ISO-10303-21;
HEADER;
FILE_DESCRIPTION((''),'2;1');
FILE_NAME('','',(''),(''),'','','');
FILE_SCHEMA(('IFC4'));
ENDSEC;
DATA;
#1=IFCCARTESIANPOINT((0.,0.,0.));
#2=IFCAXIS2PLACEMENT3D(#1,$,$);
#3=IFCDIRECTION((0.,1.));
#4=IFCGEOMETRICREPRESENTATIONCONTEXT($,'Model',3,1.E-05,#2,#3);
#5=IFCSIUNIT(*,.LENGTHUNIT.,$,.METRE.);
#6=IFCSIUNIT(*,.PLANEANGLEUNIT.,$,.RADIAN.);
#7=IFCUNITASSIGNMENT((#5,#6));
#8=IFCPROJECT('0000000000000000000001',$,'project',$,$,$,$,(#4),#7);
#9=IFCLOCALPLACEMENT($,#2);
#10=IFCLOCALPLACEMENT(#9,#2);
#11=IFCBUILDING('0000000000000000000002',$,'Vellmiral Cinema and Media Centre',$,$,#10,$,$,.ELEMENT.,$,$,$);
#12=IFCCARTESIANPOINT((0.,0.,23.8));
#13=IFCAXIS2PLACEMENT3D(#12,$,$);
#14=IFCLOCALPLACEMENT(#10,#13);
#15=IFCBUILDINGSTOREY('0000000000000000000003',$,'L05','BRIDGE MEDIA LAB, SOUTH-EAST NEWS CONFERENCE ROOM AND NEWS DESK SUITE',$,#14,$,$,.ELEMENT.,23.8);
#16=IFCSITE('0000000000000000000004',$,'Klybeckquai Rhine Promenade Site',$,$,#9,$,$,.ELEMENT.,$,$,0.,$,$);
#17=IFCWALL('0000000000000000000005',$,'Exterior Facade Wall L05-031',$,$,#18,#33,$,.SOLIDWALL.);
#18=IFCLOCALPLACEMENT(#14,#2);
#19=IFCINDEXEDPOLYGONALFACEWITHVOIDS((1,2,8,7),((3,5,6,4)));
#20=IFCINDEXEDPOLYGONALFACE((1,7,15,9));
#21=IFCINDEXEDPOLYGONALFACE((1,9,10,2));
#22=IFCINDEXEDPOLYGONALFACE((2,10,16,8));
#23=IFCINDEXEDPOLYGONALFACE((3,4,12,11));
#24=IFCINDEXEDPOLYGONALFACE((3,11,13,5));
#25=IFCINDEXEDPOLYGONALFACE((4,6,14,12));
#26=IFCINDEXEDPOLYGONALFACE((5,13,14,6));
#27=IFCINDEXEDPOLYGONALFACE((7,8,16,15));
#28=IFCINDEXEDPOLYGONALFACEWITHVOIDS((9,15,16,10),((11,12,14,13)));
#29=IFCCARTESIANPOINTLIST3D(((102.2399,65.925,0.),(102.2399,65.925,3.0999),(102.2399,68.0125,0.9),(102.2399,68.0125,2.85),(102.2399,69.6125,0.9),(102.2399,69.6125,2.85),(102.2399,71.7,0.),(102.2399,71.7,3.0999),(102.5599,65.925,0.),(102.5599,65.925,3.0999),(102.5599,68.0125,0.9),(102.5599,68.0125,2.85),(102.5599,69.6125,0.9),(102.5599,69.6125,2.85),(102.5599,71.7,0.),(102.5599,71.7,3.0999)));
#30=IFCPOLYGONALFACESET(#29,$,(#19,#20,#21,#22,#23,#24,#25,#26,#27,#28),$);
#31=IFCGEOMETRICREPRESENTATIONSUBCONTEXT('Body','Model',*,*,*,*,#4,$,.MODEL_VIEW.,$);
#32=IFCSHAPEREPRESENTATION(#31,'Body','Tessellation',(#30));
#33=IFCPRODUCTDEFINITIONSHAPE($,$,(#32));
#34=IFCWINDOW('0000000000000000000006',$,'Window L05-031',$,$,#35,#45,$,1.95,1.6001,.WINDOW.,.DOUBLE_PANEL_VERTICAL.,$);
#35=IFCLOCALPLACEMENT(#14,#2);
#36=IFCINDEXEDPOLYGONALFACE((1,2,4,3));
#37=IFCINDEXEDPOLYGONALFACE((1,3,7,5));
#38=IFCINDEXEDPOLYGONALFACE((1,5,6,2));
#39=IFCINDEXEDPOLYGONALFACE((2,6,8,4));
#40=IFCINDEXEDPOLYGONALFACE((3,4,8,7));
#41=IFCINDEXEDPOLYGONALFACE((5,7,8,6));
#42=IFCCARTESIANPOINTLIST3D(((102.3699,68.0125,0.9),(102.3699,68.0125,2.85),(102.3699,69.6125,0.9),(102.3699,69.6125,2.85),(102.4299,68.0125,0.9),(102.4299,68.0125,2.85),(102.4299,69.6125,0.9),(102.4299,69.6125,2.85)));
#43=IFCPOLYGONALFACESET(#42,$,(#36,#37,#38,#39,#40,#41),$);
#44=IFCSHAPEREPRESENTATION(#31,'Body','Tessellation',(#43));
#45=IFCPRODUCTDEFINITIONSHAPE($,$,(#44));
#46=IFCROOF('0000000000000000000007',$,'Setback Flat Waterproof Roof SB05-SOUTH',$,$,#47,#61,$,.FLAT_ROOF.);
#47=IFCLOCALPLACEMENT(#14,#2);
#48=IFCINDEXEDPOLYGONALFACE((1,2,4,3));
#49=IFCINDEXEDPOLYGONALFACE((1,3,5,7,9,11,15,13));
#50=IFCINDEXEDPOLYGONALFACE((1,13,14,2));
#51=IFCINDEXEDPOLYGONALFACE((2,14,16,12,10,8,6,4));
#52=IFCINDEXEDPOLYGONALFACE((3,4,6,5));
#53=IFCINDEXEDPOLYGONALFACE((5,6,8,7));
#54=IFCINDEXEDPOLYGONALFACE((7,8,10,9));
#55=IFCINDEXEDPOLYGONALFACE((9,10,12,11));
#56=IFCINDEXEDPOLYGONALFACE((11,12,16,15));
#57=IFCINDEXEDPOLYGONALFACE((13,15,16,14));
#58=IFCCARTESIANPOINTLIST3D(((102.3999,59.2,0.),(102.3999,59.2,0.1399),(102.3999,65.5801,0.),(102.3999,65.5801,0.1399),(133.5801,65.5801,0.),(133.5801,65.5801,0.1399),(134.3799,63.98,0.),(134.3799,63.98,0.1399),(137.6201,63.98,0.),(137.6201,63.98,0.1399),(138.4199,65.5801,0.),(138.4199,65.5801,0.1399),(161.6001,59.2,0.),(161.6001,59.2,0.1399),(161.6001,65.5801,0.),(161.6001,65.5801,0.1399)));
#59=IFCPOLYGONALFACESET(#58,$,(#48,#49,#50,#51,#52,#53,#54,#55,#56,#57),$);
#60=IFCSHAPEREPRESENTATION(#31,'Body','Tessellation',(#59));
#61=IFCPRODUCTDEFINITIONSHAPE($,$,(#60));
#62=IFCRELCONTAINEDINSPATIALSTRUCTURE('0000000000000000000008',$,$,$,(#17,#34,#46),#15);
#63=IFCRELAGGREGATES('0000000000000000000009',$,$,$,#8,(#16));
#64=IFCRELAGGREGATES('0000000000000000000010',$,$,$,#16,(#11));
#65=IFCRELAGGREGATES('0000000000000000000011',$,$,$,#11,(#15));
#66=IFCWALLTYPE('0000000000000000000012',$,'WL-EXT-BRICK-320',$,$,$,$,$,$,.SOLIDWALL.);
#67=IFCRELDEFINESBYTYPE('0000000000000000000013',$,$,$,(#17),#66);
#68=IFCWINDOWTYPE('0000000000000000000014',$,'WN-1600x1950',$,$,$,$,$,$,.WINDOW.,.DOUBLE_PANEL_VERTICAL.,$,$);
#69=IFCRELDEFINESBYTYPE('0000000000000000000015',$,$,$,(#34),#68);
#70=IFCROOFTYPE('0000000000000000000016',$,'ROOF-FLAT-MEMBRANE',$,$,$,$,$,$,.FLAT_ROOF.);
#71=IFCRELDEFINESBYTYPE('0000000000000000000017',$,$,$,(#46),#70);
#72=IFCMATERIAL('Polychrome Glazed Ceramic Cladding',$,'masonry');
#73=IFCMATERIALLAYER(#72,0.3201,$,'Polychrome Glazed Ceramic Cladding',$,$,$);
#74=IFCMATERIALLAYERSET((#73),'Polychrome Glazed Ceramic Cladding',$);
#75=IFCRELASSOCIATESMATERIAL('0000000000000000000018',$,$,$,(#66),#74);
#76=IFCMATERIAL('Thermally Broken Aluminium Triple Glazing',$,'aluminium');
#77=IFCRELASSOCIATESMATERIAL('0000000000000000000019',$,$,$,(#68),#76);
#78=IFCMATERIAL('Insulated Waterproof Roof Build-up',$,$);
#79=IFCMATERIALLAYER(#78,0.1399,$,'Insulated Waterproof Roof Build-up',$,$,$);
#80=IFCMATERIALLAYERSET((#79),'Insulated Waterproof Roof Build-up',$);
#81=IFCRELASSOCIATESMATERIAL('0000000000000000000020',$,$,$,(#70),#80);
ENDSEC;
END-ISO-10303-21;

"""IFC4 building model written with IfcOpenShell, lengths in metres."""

from ifc_helpers import new_model, si_unit, direction, frame, frame_2d, origin, place, context, subcontext, project, spatial, polyline, rectangle, outline, extrude, material, layer, layer_set, type_object, element, fill, save


model = new_model("IFC4")

# Units and contexts
model_context = context("Model", 3, precision=1e-05, world=origin(), true_north=direction((0.0, 1.0)))
body_context = subcontext(model_context, "Body", "Model", "MODEL_VIEW")
ifc_project = project(units=[si_unit("LENGTHUNIT", "METRE"), si_unit("PLANEANGLEUNIT", "RADIAN")], contexts=[model_context])

# Site, building, storey
site_placement = place(None, origin())
site = spatial("IfcSite", under=ifc_project, at=site_placement, Name="Klybeckquai Rhine Promenade Site", CompositionType="ELEMENT", RefElevation=0.0)
building_placement = place(site_placement, origin())
building = spatial("IfcBuilding", under=site, at=building_placement, Name="Vellmiral Cinema and Media Centre", CompositionType="ELEMENT")
storey_placement = place(building_placement, frame((0.0, 0.0, 23.8)))
storey = spatial("IfcBuildingStorey", under=building, at=storey_placement, Name="L05", Description="BRIDGE MEDIA LAB, SOUTH-EAST NEWS CONFERENCE ROOM AND NEWS DESK SUITE", CompositionType="ELEMENT", Elevation=23.8)

# Wall, opening, window
ifc_material_1 = material(Name="Polychrome Glazed Ceramic Cladding", Category="masonry")
ifc_layer_1 = layer(ifc_material_1, 0.3201, Name="Polychrome Glazed Ceramic Cladding")
ifc_layer_set_1 = layer_set([ifc_layer_1], Name="Polychrome Glazed Ceramic Cladding")
wall_type = type_object("IfcWallType", Name="WL-EXT-BRICK-320", PredefinedType="SOLIDWALL", material=ifc_layer_set_1)
wall_placement = place(storey_placement, frame((102.3999, 71.7, 0.0), z_axis=(0.0, 0.0, 1.0), x_axis=(0.0, -1.0, 0.0)))
wall = element("IfcWall", 1, at=wall_placement, inside=storey, type_object=wall_type, Name="Exterior Facade Wall L05-031", PredefinedType="SOLIDWALL", context=body_context, shape_type="SweptSolid", body=[
    extrude(rectangle(XDim=5.7749, YDim=0.3201, at=frame_2d((2.8875, 0.0))), origin(), (0.0, 0.0, 1.0), 3.0999),
])
opening_1_placement = place(wall_placement, frame((2.0874, 0.0, 0.8999)))
opening_1 = element("IfcOpeningElement", 2, at=opening_1_placement, cuts=wall, PredefinedType="OPENING", context=body_context, shape_type="SweptSolid", body=[
    extrude(rectangle(XDim=1.6001, YDim=1.95, at=frame_2d((0.8, 0.9751))), frame((0.0, 0.1719, 0.0), z_axis=(0.0, -1.0, 0.0), x_axis=(1.0, 0.0, 0.0)), (0.0, 0.0, 1.0), 0.344),
])
ifc_material_2 = material(Name="Thermally Broken Aluminium Triple Glazing", Category="aluminium")
window_type_1 = type_object("IfcWindowType", Name="WN-1600x1950", PartitioningType="DOUBLE_PANEL_VERTICAL", PredefinedType="WINDOW", material=ifc_material_2)
window_1_placement = place(opening_1_placement, origin())
window_1 = element("IfcWindow", 3, at=window_1_placement, inside=storey, type_object=window_type_1, Name="Window L05-031", OverallHeight=1.95, OverallWidth=1.6001, PartitioningType="DOUBLE_PANEL_VERTICAL", PredefinedType="WINDOW", context=body_context, shape_type="SweptSolid", body=[
    extrude(rectangle(XDim=1.6001, YDim=1.95, at=frame_2d((0.8, 0.9751))), frame((0.0, 0.03, 0.0), z_axis=(0.0, -1.0, 0.0), x_axis=(1.0, 0.0, 0.0)), (0.0, 0.0, 1.0), 0.0601),
])
fill(opening_1, window_1)

# Roof
ifc_material_3 = material(Name="Insulated Waterproof Roof Build-up")
ifc_layer_2 = layer(ifc_material_3, 0.1399, Name="Insulated Waterproof Roof Build-up")
ifc_layer_set_2 = layer_set([ifc_layer_2], Name="Insulated Waterproof Roof Build-up")
roof_type = type_object("IfcRoofType", Name="ROOF-FLAT-MEMBRANE", PredefinedType="FLAT_ROOF", material=ifc_layer_set_2)
roof_placement = place(storey_placement, origin())
element("IfcRoof", 4, at=roof_placement, inside=storey, type_object=roof_type, Name="Setback Flat Waterproof Roof SB05-SOUTH", PredefinedType="FLAT_ROOF", context=body_context, shape_type="SweptSolid", body=[
    extrude(outline(polyline([(102.3999, 59.2), (161.6001, 59.2), (161.6001, 65.5801), (138.4199, 65.5801), (137.6201, 63.98), (134.3799, 63.98), (133.5801, 65.5801), (102.3999, 65.5801), (102.3999, 59.2)])), origin(), (0.0, 0.0, 1.0), 0.1399),
])

save(model, "model.ifc")
